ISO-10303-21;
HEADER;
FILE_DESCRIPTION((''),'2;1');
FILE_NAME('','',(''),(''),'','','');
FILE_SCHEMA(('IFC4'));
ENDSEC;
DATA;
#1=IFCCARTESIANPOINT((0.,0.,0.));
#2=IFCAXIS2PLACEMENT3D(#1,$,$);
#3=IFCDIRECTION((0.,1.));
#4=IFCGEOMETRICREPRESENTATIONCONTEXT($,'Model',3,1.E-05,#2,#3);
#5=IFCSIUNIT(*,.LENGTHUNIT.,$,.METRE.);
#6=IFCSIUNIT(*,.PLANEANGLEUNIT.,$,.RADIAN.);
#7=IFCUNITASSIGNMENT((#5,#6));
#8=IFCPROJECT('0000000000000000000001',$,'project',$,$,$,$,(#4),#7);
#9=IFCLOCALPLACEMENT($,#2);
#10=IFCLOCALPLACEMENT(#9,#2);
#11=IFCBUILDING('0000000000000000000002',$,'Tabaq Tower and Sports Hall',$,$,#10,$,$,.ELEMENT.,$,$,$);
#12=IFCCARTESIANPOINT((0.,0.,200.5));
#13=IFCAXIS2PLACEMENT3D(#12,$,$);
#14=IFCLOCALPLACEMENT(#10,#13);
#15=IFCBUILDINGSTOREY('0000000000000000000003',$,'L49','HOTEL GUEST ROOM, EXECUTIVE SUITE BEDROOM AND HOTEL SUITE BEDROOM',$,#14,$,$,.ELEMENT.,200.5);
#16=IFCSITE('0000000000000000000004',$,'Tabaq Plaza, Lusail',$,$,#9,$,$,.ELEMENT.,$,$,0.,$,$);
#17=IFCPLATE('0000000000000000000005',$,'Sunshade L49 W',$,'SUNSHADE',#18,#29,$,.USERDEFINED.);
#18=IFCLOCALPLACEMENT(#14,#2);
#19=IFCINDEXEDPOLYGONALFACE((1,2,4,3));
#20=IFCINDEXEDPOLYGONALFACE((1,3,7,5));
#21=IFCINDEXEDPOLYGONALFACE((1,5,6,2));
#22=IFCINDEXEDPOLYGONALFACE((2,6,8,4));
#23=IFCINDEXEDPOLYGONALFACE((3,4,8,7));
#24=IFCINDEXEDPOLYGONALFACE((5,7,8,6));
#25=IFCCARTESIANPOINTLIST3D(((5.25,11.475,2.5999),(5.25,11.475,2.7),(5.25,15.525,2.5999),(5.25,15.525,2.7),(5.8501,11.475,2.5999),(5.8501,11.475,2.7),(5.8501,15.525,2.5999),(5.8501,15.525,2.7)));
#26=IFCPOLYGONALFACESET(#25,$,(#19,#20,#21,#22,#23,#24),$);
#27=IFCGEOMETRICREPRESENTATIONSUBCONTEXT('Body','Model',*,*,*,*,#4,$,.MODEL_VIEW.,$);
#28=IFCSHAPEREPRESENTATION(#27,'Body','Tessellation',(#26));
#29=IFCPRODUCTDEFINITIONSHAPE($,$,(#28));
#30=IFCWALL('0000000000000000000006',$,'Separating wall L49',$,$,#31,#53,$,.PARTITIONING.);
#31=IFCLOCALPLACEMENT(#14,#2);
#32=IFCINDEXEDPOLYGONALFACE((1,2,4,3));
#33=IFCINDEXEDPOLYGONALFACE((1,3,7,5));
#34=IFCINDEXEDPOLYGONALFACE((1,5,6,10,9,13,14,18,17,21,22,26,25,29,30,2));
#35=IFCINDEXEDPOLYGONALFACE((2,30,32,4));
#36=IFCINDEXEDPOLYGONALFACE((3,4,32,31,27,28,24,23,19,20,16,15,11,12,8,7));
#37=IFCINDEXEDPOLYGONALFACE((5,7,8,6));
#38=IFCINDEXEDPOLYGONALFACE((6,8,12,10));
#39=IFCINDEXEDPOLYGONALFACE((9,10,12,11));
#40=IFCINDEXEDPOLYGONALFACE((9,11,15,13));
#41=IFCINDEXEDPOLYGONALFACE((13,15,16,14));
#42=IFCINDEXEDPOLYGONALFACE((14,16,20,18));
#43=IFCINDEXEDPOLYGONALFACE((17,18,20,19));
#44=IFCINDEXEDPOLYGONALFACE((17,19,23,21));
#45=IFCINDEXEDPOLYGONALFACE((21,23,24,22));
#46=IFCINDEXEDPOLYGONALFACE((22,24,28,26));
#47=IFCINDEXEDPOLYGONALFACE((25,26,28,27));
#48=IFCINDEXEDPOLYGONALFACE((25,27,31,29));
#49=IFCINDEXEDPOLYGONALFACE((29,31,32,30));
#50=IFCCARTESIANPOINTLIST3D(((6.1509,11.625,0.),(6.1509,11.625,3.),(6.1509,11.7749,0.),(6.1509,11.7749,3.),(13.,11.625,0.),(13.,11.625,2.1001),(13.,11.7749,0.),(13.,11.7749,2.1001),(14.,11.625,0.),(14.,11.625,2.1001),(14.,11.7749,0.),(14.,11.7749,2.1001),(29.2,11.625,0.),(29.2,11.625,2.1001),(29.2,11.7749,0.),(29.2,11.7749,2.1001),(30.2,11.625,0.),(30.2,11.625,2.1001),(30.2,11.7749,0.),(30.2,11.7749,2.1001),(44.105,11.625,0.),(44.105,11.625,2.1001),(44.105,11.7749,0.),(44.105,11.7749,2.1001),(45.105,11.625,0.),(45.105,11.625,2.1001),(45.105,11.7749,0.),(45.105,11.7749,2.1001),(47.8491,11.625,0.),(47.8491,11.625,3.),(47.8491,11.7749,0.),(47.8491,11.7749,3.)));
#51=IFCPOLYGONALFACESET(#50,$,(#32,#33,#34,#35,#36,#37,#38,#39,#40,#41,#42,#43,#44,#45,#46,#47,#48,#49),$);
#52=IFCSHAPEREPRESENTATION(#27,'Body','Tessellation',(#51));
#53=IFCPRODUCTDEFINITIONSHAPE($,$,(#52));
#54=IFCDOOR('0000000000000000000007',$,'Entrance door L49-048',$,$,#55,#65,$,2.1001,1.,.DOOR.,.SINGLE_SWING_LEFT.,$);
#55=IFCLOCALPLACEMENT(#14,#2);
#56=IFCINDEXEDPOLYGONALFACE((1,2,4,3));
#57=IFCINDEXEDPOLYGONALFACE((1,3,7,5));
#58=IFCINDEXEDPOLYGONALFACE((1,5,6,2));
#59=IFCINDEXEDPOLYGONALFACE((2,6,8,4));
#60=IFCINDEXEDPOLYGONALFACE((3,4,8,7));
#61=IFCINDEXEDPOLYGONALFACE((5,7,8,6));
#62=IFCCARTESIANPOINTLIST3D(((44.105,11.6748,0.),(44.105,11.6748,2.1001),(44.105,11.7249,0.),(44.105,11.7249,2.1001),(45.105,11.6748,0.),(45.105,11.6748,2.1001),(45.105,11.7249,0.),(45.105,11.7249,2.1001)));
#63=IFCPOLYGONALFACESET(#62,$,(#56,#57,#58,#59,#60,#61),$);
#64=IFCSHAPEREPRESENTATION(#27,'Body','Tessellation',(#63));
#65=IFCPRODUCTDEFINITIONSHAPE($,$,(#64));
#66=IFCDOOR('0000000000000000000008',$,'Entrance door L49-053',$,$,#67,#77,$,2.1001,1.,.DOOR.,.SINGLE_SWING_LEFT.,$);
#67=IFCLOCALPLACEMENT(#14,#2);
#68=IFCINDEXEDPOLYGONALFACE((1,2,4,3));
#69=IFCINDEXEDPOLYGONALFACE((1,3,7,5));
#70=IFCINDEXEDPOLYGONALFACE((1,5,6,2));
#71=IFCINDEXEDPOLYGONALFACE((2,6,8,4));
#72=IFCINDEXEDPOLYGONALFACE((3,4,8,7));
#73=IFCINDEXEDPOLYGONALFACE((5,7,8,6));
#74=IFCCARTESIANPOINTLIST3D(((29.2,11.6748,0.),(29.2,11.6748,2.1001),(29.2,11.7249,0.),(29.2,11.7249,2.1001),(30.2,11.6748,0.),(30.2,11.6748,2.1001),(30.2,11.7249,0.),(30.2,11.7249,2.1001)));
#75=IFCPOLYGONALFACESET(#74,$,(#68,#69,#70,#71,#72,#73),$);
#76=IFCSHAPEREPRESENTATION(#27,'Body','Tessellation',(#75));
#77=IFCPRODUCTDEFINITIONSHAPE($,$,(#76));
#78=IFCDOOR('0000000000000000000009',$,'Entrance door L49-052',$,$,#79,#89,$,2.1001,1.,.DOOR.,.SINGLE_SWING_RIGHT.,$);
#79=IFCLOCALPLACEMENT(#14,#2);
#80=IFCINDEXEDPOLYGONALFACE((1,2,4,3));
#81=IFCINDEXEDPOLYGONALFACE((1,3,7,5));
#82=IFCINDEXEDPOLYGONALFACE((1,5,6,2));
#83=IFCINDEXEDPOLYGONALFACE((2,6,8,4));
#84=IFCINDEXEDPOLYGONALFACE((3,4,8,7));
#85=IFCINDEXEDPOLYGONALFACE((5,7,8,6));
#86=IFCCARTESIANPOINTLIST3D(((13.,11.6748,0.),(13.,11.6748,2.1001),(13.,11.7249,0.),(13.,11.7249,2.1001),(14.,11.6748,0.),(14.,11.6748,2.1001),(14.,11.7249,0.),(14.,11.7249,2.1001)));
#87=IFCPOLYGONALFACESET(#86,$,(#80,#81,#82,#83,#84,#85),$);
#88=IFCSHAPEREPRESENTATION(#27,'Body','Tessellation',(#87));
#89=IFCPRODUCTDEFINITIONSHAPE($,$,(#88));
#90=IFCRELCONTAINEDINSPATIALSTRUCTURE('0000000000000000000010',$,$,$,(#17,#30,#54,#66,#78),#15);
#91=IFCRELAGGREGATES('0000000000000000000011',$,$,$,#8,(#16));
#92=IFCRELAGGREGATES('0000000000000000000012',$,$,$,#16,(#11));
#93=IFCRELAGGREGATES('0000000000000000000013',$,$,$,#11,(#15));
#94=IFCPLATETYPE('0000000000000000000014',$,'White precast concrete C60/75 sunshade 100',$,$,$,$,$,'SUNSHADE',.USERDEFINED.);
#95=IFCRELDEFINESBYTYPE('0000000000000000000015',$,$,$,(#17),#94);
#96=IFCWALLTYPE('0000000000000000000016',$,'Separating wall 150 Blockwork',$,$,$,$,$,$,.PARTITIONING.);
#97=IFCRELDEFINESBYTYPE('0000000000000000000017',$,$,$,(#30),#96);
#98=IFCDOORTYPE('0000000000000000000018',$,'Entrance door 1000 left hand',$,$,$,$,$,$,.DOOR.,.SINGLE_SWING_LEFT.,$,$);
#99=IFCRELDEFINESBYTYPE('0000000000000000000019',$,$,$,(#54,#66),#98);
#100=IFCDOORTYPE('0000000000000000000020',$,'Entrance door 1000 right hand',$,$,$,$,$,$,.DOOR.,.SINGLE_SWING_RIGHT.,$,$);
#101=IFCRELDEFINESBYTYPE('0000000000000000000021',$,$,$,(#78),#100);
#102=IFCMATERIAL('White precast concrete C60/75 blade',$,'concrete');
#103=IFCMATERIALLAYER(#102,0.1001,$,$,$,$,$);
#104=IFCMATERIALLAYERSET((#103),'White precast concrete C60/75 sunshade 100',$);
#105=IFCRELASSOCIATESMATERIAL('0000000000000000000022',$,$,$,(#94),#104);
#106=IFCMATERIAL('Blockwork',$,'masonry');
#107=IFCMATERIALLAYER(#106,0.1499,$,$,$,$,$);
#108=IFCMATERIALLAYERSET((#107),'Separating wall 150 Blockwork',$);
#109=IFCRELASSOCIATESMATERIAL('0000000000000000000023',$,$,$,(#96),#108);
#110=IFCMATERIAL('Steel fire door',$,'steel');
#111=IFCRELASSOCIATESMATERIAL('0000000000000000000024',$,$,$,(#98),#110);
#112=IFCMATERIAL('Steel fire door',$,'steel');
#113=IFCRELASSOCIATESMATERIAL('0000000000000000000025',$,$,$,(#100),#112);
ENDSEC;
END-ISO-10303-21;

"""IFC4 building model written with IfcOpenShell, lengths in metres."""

from ifc_helpers import new_model, si_unit, direction, frame, frame_2d, origin, origin_2d, place, context, subcontext, project, spatial, rectangle, extrude, material, layer, layer_set, type_object, element, fill, save


model = new_model("IFC4")

# Units and contexts
model_context = context("Model", 3, precision=1e-05, world=origin(), true_north=direction((0.0, 1.0)))
body_context = subcontext(model_context, "Body", "Model", "MODEL_VIEW")
ifc_project = project(units=[si_unit("LENGTHUNIT", "METRE"), si_unit("PLANEANGLEUNIT", "RADIAN")], contexts=[model_context])

# Site, building, storey
site_placement = place(None, origin())
site = spatial("IfcSite", under=ifc_project, at=site_placement, Name="Tabaq Plaza, Lusail", CompositionType="ELEMENT", RefElevation=0.0)
building_placement = place(site_placement, origin())
building = spatial("IfcBuilding", under=site, at=building_placement, Name="Tabaq Tower and Sports Hall", CompositionType="ELEMENT")
storey_placement = place(building_placement, frame((0.0, 0.0, 200.5)))
storey = spatial("IfcBuildingStorey", under=building, at=storey_placement, Name="L49", Description="HOTEL GUEST ROOM, EXECUTIVE SUITE BEDROOM AND HOTEL SUITE BEDROOM", CompositionType="ELEMENT", Elevation=200.5)

# Plate
ifc_material_1 = material(Name="White precast concrete C60/75 blade", Category="concrete")
ifc_layer_1 = layer(ifc_material_1, 0.1001)
ifc_layer_set_1 = layer_set([ifc_layer_1], Name="White precast concrete C60/75 sunshade 100")
plate_type = type_object("IfcPlateType", Name="White precast concrete C60/75 sunshade 100", ElementType="SUNSHADE", PredefinedType="USERDEFINED", material=ifc_layer_set_1)
plate_placement = place(storey_placement, frame((5.55, 13.5, 2.5999), z_axis=(0.0, 0.0, 1.0), x_axis=(0.0, -1.0, 0.0)))
element("IfcPlate", 1, at=plate_placement, inside=storey, type_object=plate_type, Name="Sunshade L49 W", ObjectType="SUNSHADE", PredefinedType="USERDEFINED", context=body_context, shape_type="SweptSolid", body=[
    extrude(rectangle(XDim=4.05, YDim=0.6001, at=origin_2d()), origin(), (0.0, 0.0, 1.0), 0.1001),
])

# Wall, openings, doors
ifc_material_2 = material(Name="Blockwork", Category="masonry")
ifc_layer_2 = layer(ifc_material_2, 0.1499)
ifc_layer_set_2 = layer_set([ifc_layer_2], Name="Separating wall 150 Blockwork")
wall_type_1 = type_object("IfcWallType", Name="Separating wall 150 Blockwork", PredefinedType="PARTITIONING", material=ifc_layer_set_2)
wall_1_placement = place(storey_placement, frame((6.1509, 11.7, 0.0), z_axis=(0.0, 0.0, 1.0), x_axis=(1.0, 0.0, 0.0)))
wall_1 = element("IfcWall", 2, at=wall_1_placement, inside=storey, type_object=wall_type_1, Name="Separating wall L49", PredefinedType="PARTITIONING", context=body_context, shape_type="SweptSolid", body=[
    extrude(rectangle(XDim=41.6982, YDim=0.1499, at=frame_2d((20.8491, 0.0))), origin(), (0.0, 0.0, 1.0), 3.0),
])
opening_1_placement = place(wall_1_placement, frame((37.9541, 0.0, 0.0)))
opening_1 = element("IfcOpeningElement", 3, at=opening_1_placement, cuts=wall_1, PredefinedType="OPENING", context=body_context, shape_type="SweptSolid", body=[
    extrude(rectangle(XDim=1.0, YDim=2.1001, at=frame_2d((0.5, 1.05))), frame((0.0, 0.075, 0.0), z_axis=(0.0, -1.0, 0.0), x_axis=(1.0, 0.0, 0.0)), (0.0, 0.0, 1.0), 0.1499),
])
opening_2_placement = place(wall_1_placement, frame((6.8491, 0.0, 0.0)))
opening_2 = element("IfcOpeningElement", 4, at=opening_2_placement, cuts=wall_1, PredefinedType="OPENING", context=body_context, shape_type="SweptSolid", body=[
    extrude(rectangle(XDim=1.0, YDim=2.1001, at=frame_2d((0.5, 1.05))), frame((0.0, 0.075, 0.0), z_axis=(0.0, -1.0, 0.0), x_axis=(1.0, 0.0, 0.0)), (0.0, 0.0, 1.0), 0.1499),
])
opening_3_placement = place(wall_1_placement, frame((23.0491, 0.0, 0.0)))
opening_3 = element("IfcOpeningElement", 5, at=opening_3_placement, cuts=wall_1, PredefinedType="OPENING", context=body_context, shape_type="SweptSolid", body=[
    extrude(rectangle(XDim=1.0, YDim=2.1001, at=frame_2d((0.5, 1.05))), frame((0.0, 0.075, 0.0), z_axis=(0.0, -1.0, 0.0), x_axis=(1.0, 0.0, 0.0)), (0.0, 0.0, 1.0), 0.1499),
])
ifc_material_3 = material(Name="Steel fire door", Category="steel")
door_type_1 = type_object("IfcDoorType", Name="Entrance door 1000 left hand", OperationType="SINGLE_SWING_LEFT", PredefinedType="DOOR", material=ifc_material_3)
door_1_placement = place(opening_1_placement, origin())
door_1 = element("IfcDoor", 6, at=door_1_placement, inside=storey, type_object=door_type_1, Name="Entrance door L49-048", OperationType="SINGLE_SWING_LEFT", OverallHeight=2.1001, OverallWidth=1.0, PredefinedType="DOOR", context=body_context, shape_type="SweptSolid", body=[
    extrude(rectangle(XDim=1.0, YDim=2.1001, at=frame_2d((0.5, 1.05))), frame((0.0, 0.0249, 0.0), z_axis=(0.0, -1.0, 0.0), x_axis=(1.0, 0.0, 0.0)), (0.0, 0.0, 1.0), 0.05),
])
fill(opening_1, door_1)
door_2_placement = place(opening_3_placement, origin())
door_2 = element("IfcDoor", 7, at=door_2_placement, inside=storey, type_object=door_type_1, Name="Entrance door L49-053", OperationType="SINGLE_SWING_LEFT", OverallHeight=2.1001, OverallWidth=1.0, PredefinedType="DOOR", context=body_context, shape_type="SweptSolid", body=[
    extrude(rectangle(XDim=1.0, YDim=2.1001, at=frame_2d((0.5, 1.05))), frame((0.0, 0.0249, 0.0), z_axis=(0.0, -1.0, 0.0), x_axis=(1.0, 0.0, 0.0)), (0.0, 0.0, 1.0), 0.05),
])
fill(opening_3, door_2)
ifc_material_4 = material(Name="Steel fire door", Category="steel")
door_type_2 = type_object("IfcDoorType", Name="Entrance door 1000 right hand", OperationType="SINGLE_SWING_RIGHT", PredefinedType="DOOR", material=ifc_material_4)
door_3_placement = place(opening_2_placement, origin())
door_3 = element("IfcDoor", 8, at=door_3_placement, inside=storey, type_object=door_type_2, Name="Entrance door L49-052", OperationType="SINGLE_SWING_RIGHT", OverallHeight=2.1001, OverallWidth=1.0, PredefinedType="DOOR", context=body_context, shape_type="SweptSolid", body=[
    extrude(rectangle(XDim=1.0, YDim=2.1001, at=frame_2d((0.5, 1.05))), frame((0.0, 0.0249, 0.0), z_axis=(0.0, -1.0, 0.0), x_axis=(1.0, 0.0, 0.0)), (0.0, 0.0, 1.0), 0.05),
])
fill(opening_2, door_3)

save(model, "model.ifc")
